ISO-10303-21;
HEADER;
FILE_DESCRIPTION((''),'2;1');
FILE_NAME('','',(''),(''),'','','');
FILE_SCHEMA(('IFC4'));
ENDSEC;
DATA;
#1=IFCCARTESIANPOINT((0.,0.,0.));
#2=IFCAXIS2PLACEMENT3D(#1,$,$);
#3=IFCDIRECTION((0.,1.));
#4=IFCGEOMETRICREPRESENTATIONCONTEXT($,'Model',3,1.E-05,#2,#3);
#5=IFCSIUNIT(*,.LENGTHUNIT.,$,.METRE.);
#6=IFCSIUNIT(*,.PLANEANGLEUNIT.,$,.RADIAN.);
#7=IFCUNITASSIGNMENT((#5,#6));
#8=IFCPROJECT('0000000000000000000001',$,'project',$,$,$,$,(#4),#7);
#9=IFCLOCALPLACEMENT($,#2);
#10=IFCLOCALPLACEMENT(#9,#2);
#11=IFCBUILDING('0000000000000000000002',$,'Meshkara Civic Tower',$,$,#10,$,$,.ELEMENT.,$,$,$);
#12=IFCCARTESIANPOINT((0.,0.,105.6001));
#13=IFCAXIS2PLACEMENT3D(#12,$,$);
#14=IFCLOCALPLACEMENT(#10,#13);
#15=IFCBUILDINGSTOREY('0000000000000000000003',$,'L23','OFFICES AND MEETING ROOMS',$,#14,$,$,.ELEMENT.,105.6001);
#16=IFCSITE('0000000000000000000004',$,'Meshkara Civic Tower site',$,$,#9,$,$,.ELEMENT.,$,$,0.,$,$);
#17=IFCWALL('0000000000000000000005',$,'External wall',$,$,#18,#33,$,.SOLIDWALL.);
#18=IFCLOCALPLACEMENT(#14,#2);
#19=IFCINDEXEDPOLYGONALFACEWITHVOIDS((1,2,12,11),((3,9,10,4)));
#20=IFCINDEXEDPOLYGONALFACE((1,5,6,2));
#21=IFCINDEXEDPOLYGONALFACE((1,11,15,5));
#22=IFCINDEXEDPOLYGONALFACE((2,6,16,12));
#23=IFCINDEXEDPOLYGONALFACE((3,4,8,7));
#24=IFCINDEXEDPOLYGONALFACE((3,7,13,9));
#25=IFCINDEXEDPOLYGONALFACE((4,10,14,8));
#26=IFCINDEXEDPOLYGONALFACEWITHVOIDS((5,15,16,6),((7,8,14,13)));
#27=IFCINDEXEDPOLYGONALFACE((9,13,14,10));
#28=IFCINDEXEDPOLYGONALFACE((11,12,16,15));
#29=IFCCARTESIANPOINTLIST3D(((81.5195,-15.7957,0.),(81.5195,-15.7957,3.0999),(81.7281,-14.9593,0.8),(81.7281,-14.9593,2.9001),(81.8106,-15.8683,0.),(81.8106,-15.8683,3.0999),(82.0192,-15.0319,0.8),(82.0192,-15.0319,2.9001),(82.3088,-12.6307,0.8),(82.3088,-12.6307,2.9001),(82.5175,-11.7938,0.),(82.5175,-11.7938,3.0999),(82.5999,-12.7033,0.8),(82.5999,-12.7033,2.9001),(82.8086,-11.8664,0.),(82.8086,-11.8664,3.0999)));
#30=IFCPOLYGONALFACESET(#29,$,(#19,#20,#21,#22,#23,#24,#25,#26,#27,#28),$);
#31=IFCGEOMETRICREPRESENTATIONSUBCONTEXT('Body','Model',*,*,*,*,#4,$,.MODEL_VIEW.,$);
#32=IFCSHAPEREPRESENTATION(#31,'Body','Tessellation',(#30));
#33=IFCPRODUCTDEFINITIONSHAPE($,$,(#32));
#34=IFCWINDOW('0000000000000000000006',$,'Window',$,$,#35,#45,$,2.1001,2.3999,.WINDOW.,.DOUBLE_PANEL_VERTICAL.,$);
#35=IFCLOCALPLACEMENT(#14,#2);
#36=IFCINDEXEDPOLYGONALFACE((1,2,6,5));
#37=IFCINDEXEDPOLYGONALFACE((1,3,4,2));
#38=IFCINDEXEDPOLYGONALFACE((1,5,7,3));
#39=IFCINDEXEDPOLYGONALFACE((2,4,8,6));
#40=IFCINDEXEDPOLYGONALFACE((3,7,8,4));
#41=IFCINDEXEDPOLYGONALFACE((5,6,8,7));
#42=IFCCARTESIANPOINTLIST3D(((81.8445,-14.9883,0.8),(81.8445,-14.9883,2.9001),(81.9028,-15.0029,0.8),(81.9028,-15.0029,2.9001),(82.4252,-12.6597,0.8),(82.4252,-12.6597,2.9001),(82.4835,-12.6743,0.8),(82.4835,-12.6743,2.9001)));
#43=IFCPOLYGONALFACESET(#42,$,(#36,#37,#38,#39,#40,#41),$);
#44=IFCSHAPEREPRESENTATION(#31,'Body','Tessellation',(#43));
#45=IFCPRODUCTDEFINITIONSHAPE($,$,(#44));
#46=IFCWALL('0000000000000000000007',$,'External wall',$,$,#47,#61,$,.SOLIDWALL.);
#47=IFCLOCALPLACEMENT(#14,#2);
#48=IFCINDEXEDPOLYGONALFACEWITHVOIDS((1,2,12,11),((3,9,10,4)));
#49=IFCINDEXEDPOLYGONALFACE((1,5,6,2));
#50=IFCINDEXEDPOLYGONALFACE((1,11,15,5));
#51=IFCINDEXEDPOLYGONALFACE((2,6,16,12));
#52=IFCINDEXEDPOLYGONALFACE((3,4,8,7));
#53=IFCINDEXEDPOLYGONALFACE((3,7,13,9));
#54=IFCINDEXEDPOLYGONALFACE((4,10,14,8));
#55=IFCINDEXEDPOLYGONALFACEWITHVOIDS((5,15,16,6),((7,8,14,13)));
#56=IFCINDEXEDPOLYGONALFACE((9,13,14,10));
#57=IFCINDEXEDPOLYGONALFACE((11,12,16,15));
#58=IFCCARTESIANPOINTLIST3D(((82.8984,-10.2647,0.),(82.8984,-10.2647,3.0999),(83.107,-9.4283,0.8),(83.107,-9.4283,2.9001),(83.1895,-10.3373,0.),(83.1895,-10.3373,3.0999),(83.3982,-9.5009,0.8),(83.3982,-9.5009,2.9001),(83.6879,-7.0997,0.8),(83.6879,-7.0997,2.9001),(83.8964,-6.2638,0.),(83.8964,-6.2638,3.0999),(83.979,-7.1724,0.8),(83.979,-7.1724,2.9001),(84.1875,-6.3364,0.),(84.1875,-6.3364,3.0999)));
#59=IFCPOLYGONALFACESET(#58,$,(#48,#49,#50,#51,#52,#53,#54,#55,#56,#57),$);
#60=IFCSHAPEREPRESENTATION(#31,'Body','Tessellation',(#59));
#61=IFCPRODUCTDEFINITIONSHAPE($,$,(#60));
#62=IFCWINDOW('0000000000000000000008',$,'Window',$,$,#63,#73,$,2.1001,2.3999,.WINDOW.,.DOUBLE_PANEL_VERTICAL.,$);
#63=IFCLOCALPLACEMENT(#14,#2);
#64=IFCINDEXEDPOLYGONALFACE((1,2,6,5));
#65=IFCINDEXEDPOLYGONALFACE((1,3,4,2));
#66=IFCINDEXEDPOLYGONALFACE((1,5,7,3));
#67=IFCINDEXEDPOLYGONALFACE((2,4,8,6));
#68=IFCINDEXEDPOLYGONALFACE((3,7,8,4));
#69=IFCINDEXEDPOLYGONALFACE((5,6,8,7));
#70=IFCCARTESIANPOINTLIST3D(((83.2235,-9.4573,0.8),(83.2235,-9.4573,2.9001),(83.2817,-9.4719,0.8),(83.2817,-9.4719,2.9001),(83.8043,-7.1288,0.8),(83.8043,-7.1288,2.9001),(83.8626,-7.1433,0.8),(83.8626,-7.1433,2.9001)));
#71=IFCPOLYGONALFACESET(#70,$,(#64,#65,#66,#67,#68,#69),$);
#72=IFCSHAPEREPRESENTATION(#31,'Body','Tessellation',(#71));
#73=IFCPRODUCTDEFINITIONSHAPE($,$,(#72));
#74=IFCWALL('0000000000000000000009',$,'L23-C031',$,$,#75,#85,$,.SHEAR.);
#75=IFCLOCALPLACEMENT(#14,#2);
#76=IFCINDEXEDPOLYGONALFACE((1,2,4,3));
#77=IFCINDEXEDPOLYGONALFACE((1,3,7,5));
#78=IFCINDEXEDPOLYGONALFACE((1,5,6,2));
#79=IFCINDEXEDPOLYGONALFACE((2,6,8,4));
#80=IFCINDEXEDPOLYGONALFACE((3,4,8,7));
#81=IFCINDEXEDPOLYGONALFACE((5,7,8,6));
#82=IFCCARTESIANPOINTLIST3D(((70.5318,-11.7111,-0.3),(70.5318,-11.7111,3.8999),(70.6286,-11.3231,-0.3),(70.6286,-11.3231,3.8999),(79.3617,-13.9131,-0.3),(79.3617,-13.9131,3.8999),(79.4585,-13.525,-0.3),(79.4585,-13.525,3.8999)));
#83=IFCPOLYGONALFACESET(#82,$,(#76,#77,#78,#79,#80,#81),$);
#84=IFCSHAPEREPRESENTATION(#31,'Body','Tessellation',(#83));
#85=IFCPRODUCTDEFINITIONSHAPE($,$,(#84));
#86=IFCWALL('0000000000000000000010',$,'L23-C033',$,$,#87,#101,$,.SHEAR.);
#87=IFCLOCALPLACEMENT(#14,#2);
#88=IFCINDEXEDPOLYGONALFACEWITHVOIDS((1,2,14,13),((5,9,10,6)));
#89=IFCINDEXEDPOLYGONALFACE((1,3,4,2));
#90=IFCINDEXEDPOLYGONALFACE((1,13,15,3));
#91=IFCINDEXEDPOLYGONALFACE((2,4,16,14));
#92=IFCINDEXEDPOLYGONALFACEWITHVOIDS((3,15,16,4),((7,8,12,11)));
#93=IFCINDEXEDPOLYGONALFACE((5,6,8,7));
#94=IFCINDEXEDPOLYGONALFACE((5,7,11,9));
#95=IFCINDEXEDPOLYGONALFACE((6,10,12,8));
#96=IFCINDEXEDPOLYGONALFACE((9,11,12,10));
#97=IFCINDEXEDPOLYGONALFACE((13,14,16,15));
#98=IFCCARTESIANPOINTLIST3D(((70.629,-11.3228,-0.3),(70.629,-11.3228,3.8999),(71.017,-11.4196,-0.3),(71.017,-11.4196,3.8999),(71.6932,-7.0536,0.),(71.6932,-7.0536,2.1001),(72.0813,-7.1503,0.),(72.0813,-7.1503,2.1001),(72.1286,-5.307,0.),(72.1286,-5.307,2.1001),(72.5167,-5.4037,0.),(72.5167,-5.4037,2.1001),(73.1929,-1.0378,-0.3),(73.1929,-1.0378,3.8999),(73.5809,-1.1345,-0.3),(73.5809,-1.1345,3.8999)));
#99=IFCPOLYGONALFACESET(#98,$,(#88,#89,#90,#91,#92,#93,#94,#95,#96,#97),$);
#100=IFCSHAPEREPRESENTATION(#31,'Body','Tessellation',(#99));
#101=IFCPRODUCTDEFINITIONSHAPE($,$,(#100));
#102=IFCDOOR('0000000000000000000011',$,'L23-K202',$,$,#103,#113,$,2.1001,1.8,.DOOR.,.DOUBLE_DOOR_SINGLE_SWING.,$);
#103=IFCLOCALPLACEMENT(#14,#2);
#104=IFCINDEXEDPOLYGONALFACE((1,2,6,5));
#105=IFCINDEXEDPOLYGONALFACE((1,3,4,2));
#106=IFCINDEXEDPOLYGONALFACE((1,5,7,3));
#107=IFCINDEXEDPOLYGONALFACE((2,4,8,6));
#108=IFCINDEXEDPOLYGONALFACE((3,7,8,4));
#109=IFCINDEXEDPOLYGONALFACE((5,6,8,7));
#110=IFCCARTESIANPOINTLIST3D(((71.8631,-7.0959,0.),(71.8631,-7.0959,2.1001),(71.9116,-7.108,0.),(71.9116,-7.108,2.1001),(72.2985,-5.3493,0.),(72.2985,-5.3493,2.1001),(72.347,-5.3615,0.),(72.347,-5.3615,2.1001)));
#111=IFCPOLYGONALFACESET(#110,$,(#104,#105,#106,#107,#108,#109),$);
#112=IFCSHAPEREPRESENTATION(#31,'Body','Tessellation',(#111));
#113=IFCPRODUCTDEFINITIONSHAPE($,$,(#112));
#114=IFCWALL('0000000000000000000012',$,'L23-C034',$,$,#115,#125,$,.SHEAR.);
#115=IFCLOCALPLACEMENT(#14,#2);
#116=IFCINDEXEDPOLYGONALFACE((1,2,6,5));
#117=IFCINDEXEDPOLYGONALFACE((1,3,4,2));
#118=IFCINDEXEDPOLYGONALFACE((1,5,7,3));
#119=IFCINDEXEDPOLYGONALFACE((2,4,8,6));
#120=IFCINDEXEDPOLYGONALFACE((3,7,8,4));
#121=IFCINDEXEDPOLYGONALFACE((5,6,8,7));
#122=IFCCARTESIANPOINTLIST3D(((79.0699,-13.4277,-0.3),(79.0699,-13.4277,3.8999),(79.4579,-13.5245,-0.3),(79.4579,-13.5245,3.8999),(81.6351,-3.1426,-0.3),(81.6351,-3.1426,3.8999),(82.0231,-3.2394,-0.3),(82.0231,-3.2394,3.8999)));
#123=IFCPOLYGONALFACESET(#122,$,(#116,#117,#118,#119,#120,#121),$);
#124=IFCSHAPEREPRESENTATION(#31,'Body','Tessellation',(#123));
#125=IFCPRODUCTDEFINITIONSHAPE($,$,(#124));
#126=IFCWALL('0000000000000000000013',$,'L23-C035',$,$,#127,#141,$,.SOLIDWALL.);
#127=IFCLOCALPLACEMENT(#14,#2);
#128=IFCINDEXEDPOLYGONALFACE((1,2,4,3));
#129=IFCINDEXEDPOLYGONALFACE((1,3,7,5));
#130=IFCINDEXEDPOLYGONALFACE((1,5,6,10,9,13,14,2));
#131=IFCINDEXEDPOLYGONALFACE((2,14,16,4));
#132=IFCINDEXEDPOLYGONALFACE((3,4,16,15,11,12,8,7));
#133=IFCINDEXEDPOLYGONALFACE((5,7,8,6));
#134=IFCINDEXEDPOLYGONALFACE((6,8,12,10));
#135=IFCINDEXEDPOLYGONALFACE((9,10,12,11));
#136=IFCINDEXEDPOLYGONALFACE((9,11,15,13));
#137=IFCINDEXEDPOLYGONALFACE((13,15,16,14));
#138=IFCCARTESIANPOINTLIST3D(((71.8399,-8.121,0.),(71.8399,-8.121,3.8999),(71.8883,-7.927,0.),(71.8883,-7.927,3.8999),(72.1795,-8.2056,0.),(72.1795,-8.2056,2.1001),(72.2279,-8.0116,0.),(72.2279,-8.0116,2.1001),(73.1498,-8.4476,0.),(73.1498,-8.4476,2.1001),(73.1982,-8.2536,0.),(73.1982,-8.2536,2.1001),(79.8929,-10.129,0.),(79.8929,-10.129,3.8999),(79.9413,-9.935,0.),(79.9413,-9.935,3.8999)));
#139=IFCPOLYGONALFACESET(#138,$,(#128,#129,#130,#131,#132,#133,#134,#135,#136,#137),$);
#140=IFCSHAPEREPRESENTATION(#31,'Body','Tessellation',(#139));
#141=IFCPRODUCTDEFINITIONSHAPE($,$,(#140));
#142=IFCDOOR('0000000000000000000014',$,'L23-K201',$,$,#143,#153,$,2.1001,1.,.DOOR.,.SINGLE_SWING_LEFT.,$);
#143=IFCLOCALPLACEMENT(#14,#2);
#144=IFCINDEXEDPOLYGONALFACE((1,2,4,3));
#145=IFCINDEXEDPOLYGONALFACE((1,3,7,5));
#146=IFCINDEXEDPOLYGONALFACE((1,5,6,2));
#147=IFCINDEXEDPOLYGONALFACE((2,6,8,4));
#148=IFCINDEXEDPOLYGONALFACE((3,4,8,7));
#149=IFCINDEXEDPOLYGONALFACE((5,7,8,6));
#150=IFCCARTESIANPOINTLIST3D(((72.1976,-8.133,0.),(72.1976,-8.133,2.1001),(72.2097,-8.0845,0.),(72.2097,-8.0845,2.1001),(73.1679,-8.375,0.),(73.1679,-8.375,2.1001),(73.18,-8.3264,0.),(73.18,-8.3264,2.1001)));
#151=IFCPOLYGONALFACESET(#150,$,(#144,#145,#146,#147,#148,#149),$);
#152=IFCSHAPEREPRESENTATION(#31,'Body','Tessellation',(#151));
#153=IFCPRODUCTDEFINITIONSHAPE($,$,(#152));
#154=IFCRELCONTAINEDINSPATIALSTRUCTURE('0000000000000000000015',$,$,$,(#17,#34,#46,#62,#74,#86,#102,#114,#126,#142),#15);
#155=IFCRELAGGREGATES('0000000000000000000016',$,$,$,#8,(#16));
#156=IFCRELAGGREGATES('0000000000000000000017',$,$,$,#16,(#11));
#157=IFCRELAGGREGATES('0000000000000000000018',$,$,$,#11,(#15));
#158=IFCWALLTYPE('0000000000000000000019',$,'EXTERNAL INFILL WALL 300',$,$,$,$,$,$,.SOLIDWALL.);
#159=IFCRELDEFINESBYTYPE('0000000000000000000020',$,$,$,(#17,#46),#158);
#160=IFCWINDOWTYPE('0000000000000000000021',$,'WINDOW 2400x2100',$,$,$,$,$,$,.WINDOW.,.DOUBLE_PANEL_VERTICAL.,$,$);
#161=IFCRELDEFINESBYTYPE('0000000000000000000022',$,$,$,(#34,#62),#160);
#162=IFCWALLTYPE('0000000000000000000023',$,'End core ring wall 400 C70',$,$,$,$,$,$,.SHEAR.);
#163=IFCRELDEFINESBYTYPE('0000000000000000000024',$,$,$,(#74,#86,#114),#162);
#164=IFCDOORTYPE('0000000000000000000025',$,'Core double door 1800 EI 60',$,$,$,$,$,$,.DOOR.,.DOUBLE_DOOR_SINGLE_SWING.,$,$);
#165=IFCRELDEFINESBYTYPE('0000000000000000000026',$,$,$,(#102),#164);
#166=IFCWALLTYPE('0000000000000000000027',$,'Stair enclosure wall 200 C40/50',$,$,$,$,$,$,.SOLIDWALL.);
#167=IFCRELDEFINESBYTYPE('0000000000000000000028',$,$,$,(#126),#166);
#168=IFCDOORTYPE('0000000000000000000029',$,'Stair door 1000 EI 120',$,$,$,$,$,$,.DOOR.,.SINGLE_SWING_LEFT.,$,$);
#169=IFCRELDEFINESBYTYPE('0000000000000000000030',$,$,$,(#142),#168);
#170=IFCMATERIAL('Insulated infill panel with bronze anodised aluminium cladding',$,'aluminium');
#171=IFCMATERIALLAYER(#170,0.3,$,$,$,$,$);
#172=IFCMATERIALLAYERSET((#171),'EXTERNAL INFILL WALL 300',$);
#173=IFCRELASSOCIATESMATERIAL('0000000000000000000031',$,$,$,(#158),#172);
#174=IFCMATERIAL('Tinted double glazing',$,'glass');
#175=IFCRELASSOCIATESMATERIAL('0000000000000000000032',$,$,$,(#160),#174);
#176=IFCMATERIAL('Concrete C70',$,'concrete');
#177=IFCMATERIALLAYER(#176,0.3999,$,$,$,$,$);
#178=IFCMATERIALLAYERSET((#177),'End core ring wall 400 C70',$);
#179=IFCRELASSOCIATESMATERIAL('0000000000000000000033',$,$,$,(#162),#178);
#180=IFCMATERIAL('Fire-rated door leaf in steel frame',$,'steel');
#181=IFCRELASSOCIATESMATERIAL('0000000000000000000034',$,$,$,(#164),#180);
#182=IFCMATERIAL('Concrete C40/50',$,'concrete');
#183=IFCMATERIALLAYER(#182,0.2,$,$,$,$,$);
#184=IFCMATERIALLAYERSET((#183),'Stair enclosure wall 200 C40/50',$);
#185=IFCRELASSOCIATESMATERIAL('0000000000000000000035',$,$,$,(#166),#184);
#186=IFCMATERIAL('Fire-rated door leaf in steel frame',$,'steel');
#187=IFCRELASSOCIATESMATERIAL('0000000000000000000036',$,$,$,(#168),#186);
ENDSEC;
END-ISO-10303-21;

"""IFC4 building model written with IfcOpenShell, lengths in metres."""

from ifc_helpers import new_model, si_unit, direction, frame, frame_2d, origin, place, context, subcontext, project, spatial, rectangle, extrude, material, layer, layer_set, type_object, element, fill, save


model = new_model("IFC4")

# Units and contexts
model_context = context("Model", 3, precision=1e-05, world=origin(), true_north=direction((0.0, 1.0)))
body_context = subcontext(model_context, "Body", "Model", "MODEL_VIEW")
ifc_project = project(units=[si_unit("LENGTHUNIT", "METRE"), si_unit("PLANEANGLEUNIT", "RADIAN")], contexts=[model_context])

# Site, building, storey
site_placement = place(None, origin())
site = spatial("IfcSite", under=ifc_project, at=site_placement, Name="Meshkara Civic Tower site", CompositionType="ELEMENT", RefElevation=0.0)
building_placement = place(site_placement, origin())
building = spatial("IfcBuilding", under=site, at=building_placement, Name="Meshkara Civic Tower", CompositionType="ELEMENT")
storey_placement = place(building_placement, frame((0.0, 0.0, 105.6001)))
storey = spatial("IfcBuildingStorey", under=building, at=storey_placement, Name="L23", Description="OFFICES AND MEETING ROOMS", CompositionType="ELEMENT", Elevation=105.6001)

# Walls, openings, windows
ifc_material_1 = material(Name="Insulated infill panel with bronze anodised aluminium cladding", Category="aluminium")
ifc_layer_1 = layer(ifc_material_1, 0.3)
ifc_layer_set_1 = layer_set([ifc_layer_1], Name="EXTERNAL INFILL WALL 300")
wall_type_1 = type_object("IfcWallType", Name="EXTERNAL INFILL WALL 300", PredefinedType="SOLIDWALL", material=ifc_layer_set_1)
ifc_material_2 = material(Name="Tinted double glazing", Category="glass")
window_type_1 = type_object("IfcWindowType", Name="WINDOW 2400x2100", PartitioningType="DOUBLE_PANEL_VERTICAL", PredefinedType="WINDOW", material=ifc_material_2)
wall_1_placement = place(storey_placement, frame((81.665, -15.832, 0.0), z_axis=(0.0, 0.0, 1.0), x_axis=(0.241978, 0.970282, 0.0)))
wall_1 = element("IfcWall", 1, at=wall_1_placement, inside=storey, type_object=wall_type_1, Name="External wall", PredefinedType="SOLIDWALL", context=body_context, shape_type="SweptSolid", body=[
    extrude(rectangle(XDim=4.1245, YDim=0.3, at=frame_2d((2.0623, 0.0))), origin(), (0.0, 0.0, 1.0), 3.0999),
])
opening_1_placement = place(wall_1_placement, frame((0.8621, 0.0, 0.8)))
opening_1 = element("IfcOpeningElement", 2, at=opening_1_placement, cuts=wall_1, PredefinedType="OPENING", context=body_context, shape_type="SweptSolid", body=[
    extrude(rectangle(XDim=2.3999, YDim=2.1001, at=frame_2d((1.2, 1.05))), frame((0.0, 0.1599, 0.0), z_axis=(0.0, -1.0, 0.0), x_axis=(1.0, 0.0, 0.0)), (0.0, 0.0, 1.0), 0.3201),
])
window_1_placement = place(opening_1_placement, origin())
window_1 = element("IfcWindow", 3, at=window_1_placement, inside=storey, type_object=window_type_1, Name="Window", OverallHeight=2.1001, OverallWidth=2.3999, PartitioningType="DOUBLE_PANEL_VERTICAL", PredefinedType="WINDOW", context=body_context, shape_type="SweptSolid", body=[
    extrude(rectangle(XDim=2.3999, YDim=2.1001, at=frame_2d((1.2, 1.05))), frame((0.0, 0.03, 0.0), z_axis=(0.0, -1.0, 0.0), x_axis=(1.0, 0.0, 0.0)), (0.0, 0.0, 1.0), 0.0601),
])
fill(opening_1, window_1)
wall_2_placement = place(storey_placement, frame((83.0439, -10.301, 0.0), z_axis=(0.0, 0.0, 1.0), x_axis=(0.242034, 0.970268, 0.0)))
wall_2 = element("IfcWall", 4, at=wall_2_placement, inside=storey, type_object=wall_type_1, Name="External wall", PredefinedType="SOLIDWALL", context=body_context, shape_type="SweptSolid", body=[
    extrude(rectangle(XDim=4.1235, YDim=0.3, at=frame_2d((2.0618, 0.0))), origin(), (0.0, 0.0, 1.0), 3.0999),
])
opening_2_placement = place(wall_2_placement, frame((0.8621, 0.0, 0.8)))
opening_2 = element("IfcOpeningElement", 5, at=opening_2_placement, cuts=wall_2, PredefinedType="OPENING", context=body_context, shape_type="SweptSolid", body=[
    extrude(rectangle(XDim=2.3999, YDim=2.1001, at=frame_2d((1.2, 1.05))), frame((0.0, 0.1599, 0.0), z_axis=(0.0, -1.0, 0.0), x_axis=(1.0, 0.0, 0.0)), (0.0, 0.0, 1.0), 0.3201),
])
window_2_placement = place(opening_2_placement, origin())
window_2 = element("IfcWindow", 6, at=window_2_placement, inside=storey, type_object=window_type_1, Name="Window", OverallHeight=2.1001, OverallWidth=2.3999, PartitioningType="DOUBLE_PANEL_VERTICAL", PredefinedType="WINDOW", context=body_context, shape_type="SweptSolid", body=[
    extrude(rectangle(XDim=2.3999, YDim=2.1001, at=frame_2d((1.2, 1.05))), frame((0.0, 0.03, 0.0), z_axis=(0.0, -1.0, 0.0), x_axis=(1.0, 0.0, 0.0)), (0.0, 0.0, 1.0), 0.0601),
])
fill(opening_2, window_2)

# Wall
ifc_material_3 = material(Name="Concrete C70", Category="concrete")
ifc_layer_2 = layer(ifc_material_3, 0.3999)
ifc_layer_set_2 = layer_set([ifc_layer_2], Name="End core ring wall 400 C70")
wall_type_2 = type_object("IfcWallType", Name="End core ring wall 400 C70", PredefinedType="SHEAR", material=ifc_layer_set_2)
wall_3_placement = place(storey_placement, frame((70.5801, -11.5171, -0.3), z_axis=(0.0, 0.0, 1.0), x_axis=(0.970286, -0.241961, 0.0)))
element("IfcWall", 7, at=wall_3_placement, inside=storey, type_object=wall_type_2, Name="L23-C031", PredefinedType="SHEAR", context=body_context, shape_type="SweptSolid", body=[
    extrude(rectangle(XDim=9.1003, YDim=0.3999, at=frame_2d((4.5503, 0.0))), origin(), (0.0, 0.0, 1.0), 4.2),
])

# Wall, opening, door
wall_4_placement = place(storey_placement, frame((70.823, -11.3711, -0.3), z_axis=(0.0, 0.0, 1.0), x_axis=(0.241885, 0.970305, 0.0)))
wall_4 = element("IfcWall", 8, at=wall_4_placement, inside=storey, type_object=wall_type_2, Name="L23-C033", PredefinedType="SHEAR", context=body_context, shape_type="SweptSolid", body=[
    extrude(rectangle(XDim=10.5999, YDim=0.3999, at=frame_2d((5.2998, 0.0))), origin(), (0.0, 0.0, 1.0), 4.2),
])
opening_3_placement = place(wall_4_placement, frame((4.3999, 0.0, 0.3)))
opening_3 = element("IfcOpeningElement", 9, at=opening_3_placement, cuts=wall_4, PredefinedType="OPENING", context=body_context, shape_type="SweptSolid", body=[
    extrude(rectangle(XDim=1.8, YDim=2.1001, at=frame_2d((0.8999, 1.05))), frame((0.0, 0.21, 0.0), z_axis=(0.0, -1.0, 0.0), x_axis=(1.0, 0.0, 0.0)), (0.0, 0.0, 1.0), 0.4199),
])
ifc_material_4 = material(Name="Fire-rated door leaf in steel frame", Category="steel")
door_type_1 = type_object("IfcDoorType", Name="Core double door 1800 EI 60", OperationType="DOUBLE_DOOR_SINGLE_SWING", PredefinedType="DOOR", material=ifc_material_4)
door_1_placement = place(opening_3_placement, origin())
door_1 = element("IfcDoor", 10, at=door_1_placement, inside=storey, type_object=door_type_1, Name="L23-K202", OperationType="DOUBLE_DOOR_SINGLE_SWING", OverallHeight=2.1001, OverallWidth=1.8, PredefinedType="DOOR", context=body_context, shape_type="SweptSolid", body=[
    extrude(rectangle(XDim=1.8, YDim=2.1001, at=frame_2d((0.8999, 1.05))), frame((0.0, 0.0249, 0.0), z_axis=(0.0, -1.0, 0.0), x_axis=(1.0, 0.0, 0.0)), (0.0, 0.0, 1.0), 0.05),
])
fill(opening_3, door_1)

# Wall
wall_5_placement = place(storey_placement, frame((79.2639, -13.4761, -0.3), z_axis=(0.0, 0.0, 1.0), x_axis=(0.241994, 0.970278, 0.0)))
element("IfcWall", 11, at=wall_5_placement, inside=storey, type_object=wall_type_2, Name="L23-C034", PredefinedType="SHEAR", context=body_context, shape_type="SweptSolid", body=[
    extrude(rectangle(XDim=10.6001, YDim=0.3999, at=frame_2d((5.3, 0.0))), origin(), (0.0, 0.0, 1.0), 4.2),
])

# Wall, opening, door
ifc_material_5 = material(Name="Concrete C40/50", Category="concrete")
ifc_layer_3 = layer(ifc_material_5, 0.2)
ifc_layer_set_3 = layer_set([ifc_layer_3], Name="Stair enclosure wall 200 C40/50")
wall_type_3 = type_object("IfcWallType", Name="Stair enclosure wall 200 C40/50", PredefinedType="SOLIDWALL", material=ifc_layer_set_3)
wall_6_placement = place(storey_placement, frame((71.864, -8.0239, 0.0), z_axis=(0.0, 0.0, 1.0), x_axis=(0.970289, -0.241947, 0.0)))
wall_6 = element("IfcWall", 12, at=wall_6_placement, inside=storey, type_object=wall_type_3, Name="L23-C035", PredefinedType="SOLIDWALL", context=body_context, shape_type="SweptSolid", body=[
    extrude(rectangle(XDim=8.2996, YDim=0.2, at=frame_2d((4.1499, 0.0))), origin(), (0.0, 0.0, 1.0), 3.8999),
])
opening_4_placement = place(wall_6_placement, frame((0.3501, 0.0, 0.0)))
opening_4 = element("IfcOpeningElement", 13, at=opening_4_placement, cuts=wall_6, PredefinedType="OPENING", context=body_context, shape_type="SweptSolid", body=[
    extrude(rectangle(XDim=1.0, YDim=2.1001, at=frame_2d((0.5, 1.05))), frame((0.0, 0.1099, 0.0), z_axis=(0.0, -1.0, 0.0), x_axis=(1.0, 0.0, 0.0)), (0.0, 0.0, 1.0), 0.22),
])
ifc_material_6 = material(Name="Fire-rated door leaf in steel frame", Category="steel")
door_type_2 = type_object("IfcDoorType", Name="Stair door 1000 EI 120", OperationType="SINGLE_SWING_LEFT", PredefinedType="DOOR", material=ifc_material_6)
door_2_placement = place(opening_4_placement, origin())
door_2 = element("IfcDoor", 14, at=door_2_placement, inside=storey, type_object=door_type_2, Name="L23-K201", OperationType="SINGLE_SWING_LEFT", OverallHeight=2.1001, OverallWidth=1.0, PredefinedType="DOOR", context=body_context, shape_type="SweptSolid", body=[
    extrude(rectangle(XDim=1.0, YDim=2.1001, at=frame_2d((0.5, 1.05))), frame((0.0, 0.0249, 0.0), z_axis=(0.0, -1.0, 0.0), x_axis=(1.0, 0.0, 0.0)), (0.0, 0.0, 1.0), 0.05),
])
fill(opening_4, door_2)

save(model, "model.ifc")
